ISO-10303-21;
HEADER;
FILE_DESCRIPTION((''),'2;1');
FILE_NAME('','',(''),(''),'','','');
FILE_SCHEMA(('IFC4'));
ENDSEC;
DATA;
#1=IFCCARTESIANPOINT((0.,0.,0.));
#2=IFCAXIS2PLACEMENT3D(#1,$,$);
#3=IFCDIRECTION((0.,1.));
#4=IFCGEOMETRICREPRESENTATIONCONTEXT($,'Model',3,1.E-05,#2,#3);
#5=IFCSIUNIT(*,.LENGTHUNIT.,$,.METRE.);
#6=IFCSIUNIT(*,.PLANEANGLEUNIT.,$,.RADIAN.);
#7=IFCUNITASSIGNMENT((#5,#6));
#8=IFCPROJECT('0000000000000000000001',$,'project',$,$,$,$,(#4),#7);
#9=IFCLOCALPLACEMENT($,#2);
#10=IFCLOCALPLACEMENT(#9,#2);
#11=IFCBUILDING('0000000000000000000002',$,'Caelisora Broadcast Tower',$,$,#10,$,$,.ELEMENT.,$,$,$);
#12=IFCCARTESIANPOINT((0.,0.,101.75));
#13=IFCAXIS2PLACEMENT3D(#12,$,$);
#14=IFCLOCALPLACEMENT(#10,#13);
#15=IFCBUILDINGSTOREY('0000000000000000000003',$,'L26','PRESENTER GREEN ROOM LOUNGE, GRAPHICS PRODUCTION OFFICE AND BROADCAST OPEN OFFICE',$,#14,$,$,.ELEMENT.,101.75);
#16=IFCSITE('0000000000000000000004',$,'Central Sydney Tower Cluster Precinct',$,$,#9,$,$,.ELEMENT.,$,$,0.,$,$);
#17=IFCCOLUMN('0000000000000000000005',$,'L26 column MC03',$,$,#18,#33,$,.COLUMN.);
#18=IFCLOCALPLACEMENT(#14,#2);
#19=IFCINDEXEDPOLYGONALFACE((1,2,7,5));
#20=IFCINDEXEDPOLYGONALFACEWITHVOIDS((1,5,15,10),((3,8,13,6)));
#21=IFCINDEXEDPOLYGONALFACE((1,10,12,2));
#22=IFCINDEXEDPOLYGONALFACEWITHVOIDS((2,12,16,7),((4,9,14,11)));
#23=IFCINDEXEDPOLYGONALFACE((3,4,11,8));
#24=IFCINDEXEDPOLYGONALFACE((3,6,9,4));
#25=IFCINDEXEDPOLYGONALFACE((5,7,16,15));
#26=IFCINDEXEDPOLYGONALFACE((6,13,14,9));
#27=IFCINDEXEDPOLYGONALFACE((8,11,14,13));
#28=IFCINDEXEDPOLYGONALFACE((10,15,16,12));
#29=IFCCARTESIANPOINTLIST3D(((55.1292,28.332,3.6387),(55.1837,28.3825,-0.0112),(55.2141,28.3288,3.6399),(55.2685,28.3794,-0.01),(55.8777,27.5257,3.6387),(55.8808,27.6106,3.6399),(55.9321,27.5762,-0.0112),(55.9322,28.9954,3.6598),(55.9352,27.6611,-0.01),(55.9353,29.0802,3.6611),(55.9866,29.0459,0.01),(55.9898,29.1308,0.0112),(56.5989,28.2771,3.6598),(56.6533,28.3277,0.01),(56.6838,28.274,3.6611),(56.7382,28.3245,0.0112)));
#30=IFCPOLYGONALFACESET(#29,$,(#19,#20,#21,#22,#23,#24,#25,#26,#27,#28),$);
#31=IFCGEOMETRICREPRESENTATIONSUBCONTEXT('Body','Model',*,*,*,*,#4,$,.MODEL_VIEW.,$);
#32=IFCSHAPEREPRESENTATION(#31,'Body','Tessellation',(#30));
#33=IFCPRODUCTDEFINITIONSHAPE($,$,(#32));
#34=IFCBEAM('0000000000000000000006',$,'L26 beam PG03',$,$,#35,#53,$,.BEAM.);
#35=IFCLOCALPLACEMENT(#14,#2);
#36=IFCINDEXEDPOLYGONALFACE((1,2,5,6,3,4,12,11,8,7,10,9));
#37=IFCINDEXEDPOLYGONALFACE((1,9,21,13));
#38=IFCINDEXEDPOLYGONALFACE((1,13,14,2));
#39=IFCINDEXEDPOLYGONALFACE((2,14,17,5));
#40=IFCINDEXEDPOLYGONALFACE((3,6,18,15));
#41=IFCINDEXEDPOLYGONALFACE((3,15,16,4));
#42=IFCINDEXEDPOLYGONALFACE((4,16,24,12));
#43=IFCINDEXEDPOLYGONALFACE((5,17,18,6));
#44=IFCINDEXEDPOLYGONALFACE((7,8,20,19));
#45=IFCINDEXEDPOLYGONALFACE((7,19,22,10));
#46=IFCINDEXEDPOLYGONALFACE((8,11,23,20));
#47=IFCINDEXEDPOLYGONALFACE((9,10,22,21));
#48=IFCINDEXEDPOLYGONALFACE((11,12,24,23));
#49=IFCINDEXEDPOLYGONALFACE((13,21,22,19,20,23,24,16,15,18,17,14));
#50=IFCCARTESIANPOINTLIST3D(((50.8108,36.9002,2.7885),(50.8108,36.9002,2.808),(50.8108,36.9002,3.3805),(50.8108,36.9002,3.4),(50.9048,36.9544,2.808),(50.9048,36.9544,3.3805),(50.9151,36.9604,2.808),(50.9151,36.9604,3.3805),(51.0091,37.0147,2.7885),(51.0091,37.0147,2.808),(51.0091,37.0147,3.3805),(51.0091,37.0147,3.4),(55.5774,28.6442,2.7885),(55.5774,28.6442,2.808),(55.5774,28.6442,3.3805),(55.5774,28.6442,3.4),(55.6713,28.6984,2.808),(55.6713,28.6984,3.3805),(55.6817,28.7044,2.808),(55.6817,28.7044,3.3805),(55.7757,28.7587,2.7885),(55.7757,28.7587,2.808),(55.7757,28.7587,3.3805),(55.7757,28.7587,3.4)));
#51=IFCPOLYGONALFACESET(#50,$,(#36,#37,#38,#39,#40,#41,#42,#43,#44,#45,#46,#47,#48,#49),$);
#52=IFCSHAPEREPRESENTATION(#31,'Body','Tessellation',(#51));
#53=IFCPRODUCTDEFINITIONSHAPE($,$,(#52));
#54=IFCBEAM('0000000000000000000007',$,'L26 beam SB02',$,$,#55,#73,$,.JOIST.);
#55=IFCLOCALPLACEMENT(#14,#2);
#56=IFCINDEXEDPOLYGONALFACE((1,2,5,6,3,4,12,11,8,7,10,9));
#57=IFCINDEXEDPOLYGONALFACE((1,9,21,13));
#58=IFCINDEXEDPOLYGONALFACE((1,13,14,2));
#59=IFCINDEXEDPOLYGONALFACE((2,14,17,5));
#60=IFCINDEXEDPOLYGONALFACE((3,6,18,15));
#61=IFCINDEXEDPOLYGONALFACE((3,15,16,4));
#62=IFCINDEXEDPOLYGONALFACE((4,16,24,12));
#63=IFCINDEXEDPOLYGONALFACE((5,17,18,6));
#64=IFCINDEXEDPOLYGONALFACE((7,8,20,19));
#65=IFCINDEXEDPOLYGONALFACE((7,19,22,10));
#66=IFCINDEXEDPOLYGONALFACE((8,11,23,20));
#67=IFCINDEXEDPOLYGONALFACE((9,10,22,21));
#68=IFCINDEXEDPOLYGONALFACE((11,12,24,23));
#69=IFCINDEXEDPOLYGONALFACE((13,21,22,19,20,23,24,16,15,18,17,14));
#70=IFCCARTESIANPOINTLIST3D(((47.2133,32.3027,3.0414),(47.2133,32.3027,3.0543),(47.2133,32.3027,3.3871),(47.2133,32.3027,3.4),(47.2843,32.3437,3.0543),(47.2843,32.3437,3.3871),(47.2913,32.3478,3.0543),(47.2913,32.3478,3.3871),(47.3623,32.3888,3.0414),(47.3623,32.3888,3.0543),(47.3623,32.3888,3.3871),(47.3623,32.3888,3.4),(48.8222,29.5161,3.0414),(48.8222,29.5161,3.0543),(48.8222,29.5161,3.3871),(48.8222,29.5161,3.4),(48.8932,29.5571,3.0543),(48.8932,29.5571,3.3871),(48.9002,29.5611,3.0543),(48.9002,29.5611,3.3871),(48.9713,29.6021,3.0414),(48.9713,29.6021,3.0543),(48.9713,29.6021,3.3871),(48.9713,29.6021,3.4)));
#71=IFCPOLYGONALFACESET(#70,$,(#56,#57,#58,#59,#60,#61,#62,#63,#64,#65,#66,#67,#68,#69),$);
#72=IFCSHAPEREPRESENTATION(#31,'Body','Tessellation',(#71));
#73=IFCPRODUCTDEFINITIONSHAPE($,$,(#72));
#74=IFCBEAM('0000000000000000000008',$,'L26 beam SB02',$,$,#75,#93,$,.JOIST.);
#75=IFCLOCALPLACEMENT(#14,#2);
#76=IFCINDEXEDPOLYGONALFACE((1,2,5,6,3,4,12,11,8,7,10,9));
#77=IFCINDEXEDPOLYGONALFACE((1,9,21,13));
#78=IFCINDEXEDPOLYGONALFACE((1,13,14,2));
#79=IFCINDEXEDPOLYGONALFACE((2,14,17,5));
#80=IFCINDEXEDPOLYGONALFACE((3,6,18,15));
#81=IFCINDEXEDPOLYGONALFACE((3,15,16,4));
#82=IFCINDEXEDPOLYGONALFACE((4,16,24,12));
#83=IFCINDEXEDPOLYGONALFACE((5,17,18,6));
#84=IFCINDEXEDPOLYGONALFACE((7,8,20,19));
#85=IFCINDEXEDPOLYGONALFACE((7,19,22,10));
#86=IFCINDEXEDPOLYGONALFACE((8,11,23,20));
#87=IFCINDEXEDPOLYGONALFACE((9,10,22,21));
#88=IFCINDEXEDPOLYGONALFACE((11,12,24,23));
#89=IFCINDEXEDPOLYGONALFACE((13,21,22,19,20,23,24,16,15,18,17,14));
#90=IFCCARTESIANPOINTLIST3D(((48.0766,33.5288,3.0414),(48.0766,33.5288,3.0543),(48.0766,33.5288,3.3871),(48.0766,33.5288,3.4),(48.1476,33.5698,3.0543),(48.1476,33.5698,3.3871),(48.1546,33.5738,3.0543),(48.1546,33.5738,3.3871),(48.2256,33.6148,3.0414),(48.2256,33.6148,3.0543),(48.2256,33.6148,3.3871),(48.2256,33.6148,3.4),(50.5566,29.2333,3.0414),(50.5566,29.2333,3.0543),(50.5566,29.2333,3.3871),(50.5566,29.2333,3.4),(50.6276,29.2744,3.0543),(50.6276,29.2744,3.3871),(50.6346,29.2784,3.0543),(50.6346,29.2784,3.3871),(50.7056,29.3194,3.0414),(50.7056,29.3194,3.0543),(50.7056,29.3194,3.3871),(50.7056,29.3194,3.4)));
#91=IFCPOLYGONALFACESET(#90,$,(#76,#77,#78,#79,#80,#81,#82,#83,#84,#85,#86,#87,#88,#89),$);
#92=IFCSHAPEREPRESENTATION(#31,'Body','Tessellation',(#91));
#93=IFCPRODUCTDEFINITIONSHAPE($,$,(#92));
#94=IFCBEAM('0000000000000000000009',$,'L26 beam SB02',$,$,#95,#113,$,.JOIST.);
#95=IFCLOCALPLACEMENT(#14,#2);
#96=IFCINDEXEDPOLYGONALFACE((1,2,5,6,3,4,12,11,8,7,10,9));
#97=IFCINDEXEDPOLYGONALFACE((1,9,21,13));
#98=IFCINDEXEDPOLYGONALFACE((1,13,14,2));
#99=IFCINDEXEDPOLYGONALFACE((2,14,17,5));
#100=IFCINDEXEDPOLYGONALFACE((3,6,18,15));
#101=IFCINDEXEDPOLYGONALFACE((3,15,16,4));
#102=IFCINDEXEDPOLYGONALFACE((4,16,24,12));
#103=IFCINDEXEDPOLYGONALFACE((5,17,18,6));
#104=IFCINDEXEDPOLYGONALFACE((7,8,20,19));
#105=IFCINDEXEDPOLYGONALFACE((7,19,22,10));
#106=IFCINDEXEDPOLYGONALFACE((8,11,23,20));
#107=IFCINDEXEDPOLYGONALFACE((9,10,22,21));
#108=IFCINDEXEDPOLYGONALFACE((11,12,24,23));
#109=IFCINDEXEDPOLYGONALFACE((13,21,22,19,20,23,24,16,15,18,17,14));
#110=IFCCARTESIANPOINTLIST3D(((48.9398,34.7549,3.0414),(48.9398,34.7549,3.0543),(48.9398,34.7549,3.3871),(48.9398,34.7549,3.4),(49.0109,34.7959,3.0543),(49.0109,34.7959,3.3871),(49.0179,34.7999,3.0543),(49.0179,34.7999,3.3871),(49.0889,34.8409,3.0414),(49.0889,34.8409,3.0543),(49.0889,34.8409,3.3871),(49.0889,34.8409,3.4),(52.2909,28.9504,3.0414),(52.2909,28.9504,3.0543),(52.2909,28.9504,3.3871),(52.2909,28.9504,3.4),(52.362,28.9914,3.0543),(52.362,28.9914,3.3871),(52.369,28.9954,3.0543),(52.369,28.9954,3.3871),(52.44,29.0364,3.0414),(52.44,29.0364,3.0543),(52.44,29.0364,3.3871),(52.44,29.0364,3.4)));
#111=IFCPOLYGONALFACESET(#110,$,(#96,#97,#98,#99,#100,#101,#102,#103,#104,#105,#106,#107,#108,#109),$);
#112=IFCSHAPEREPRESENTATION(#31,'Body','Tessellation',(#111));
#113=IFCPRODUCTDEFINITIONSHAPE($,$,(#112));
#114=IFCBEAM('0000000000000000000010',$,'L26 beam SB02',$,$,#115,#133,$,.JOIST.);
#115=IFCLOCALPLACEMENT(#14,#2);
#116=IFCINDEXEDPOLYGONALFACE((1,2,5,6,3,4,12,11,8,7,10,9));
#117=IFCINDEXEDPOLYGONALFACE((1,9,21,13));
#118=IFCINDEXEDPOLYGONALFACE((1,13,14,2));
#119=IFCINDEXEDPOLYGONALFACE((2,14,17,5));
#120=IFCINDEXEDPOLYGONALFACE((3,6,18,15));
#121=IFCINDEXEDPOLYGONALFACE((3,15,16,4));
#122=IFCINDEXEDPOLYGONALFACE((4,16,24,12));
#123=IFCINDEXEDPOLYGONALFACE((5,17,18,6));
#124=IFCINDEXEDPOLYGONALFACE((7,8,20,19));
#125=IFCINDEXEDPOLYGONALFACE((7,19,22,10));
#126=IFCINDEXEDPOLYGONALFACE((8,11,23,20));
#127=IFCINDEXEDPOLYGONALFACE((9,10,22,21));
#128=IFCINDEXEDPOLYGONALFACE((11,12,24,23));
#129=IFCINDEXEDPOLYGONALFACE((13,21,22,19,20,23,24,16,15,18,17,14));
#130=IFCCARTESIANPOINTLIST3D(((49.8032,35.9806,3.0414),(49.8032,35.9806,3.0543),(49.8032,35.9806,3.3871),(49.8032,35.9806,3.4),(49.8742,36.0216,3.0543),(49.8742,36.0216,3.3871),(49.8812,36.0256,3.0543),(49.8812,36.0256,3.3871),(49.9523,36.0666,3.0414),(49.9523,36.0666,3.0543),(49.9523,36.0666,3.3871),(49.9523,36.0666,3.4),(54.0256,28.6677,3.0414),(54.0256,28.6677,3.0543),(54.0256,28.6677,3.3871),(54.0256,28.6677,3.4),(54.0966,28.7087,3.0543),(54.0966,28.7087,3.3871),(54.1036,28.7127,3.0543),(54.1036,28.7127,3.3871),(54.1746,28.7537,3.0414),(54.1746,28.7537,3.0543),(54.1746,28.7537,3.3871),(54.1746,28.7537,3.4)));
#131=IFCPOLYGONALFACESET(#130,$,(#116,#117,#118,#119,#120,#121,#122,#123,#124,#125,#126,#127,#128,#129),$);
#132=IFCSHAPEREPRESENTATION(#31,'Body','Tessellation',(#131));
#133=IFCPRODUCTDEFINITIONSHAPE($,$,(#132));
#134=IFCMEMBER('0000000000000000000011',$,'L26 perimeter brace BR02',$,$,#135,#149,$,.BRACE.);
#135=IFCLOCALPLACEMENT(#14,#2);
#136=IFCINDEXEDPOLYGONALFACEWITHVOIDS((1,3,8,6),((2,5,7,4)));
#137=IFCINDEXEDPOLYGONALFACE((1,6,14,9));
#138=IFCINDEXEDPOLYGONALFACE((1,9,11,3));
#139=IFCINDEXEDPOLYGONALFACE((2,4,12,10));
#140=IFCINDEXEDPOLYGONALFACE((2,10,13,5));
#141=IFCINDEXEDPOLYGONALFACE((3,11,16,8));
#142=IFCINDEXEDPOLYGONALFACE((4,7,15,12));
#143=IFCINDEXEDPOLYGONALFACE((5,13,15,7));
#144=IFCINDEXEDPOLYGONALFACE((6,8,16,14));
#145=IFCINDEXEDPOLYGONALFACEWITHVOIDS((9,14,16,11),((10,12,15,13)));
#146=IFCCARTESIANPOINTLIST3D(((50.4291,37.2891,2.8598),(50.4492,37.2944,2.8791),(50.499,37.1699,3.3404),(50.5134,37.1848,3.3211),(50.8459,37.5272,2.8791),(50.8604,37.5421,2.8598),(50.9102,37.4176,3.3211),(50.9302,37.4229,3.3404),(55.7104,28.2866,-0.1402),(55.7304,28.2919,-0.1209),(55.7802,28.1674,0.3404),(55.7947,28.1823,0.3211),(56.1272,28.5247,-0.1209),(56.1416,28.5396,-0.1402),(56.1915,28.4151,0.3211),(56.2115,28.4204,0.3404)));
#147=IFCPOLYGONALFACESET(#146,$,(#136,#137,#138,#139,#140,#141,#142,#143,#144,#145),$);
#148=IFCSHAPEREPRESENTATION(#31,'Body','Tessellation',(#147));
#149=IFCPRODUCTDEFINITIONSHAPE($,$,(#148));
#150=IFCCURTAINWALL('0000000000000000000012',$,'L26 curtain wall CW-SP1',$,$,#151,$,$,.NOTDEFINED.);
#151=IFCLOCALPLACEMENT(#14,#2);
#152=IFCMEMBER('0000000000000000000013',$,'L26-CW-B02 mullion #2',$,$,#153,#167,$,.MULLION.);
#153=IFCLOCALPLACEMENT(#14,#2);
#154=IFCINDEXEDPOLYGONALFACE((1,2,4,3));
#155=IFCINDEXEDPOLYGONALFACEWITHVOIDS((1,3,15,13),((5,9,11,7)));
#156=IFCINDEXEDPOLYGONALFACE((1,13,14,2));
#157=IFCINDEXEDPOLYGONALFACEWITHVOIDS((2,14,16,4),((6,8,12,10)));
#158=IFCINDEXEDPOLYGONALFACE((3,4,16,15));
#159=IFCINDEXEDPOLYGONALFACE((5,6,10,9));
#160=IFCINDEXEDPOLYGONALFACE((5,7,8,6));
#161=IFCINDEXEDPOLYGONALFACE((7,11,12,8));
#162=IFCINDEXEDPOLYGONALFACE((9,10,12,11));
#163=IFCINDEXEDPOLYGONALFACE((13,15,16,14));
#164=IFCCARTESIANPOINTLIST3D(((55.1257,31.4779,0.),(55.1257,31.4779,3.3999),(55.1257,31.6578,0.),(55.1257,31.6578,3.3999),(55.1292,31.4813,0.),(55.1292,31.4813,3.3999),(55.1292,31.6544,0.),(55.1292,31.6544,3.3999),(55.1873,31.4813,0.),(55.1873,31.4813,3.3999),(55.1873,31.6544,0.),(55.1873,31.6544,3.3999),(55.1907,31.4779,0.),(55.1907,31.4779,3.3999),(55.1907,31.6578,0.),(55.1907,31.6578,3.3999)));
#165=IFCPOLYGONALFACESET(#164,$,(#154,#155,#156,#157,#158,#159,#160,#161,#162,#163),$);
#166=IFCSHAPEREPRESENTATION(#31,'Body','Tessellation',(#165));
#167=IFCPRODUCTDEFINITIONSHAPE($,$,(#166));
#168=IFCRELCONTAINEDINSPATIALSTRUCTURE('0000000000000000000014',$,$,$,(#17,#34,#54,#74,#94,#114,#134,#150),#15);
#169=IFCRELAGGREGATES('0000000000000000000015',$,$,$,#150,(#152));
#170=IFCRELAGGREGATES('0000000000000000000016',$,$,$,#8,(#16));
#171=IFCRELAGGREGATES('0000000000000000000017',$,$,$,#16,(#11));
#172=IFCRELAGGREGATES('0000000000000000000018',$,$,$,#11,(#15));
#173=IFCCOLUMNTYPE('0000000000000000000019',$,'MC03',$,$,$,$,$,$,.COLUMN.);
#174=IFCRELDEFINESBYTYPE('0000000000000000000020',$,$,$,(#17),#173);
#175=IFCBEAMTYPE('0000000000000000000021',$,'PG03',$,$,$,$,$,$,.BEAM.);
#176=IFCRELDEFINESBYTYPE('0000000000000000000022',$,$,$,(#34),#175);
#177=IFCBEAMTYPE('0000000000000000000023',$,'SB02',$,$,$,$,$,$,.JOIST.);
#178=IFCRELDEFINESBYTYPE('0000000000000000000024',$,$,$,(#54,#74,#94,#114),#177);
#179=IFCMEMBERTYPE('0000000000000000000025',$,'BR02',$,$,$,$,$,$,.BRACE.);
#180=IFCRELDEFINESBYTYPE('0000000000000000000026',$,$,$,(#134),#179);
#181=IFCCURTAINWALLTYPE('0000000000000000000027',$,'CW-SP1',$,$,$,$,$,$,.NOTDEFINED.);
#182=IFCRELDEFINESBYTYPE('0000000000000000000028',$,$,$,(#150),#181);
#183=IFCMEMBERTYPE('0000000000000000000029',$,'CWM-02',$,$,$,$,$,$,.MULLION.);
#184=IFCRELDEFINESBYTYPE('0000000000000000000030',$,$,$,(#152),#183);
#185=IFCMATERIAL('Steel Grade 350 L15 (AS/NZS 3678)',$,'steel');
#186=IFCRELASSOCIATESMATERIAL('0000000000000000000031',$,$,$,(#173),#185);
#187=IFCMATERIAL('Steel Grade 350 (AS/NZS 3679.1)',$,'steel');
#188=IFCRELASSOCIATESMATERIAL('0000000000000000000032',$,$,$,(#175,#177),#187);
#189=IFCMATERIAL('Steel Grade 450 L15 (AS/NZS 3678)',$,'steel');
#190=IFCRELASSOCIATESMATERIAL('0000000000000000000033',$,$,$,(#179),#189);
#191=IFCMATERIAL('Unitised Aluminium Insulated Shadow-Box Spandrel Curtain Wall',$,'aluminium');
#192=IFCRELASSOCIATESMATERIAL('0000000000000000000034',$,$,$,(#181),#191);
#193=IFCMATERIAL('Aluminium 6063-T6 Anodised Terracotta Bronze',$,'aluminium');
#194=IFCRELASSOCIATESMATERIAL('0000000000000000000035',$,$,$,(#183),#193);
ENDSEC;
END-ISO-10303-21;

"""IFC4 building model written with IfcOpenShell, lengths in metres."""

from ifc_helpers import new_model, si_unit, direction, frame, origin, origin_2d, place, context, subcontext, project, spatial, hollow_rectangle, i_section, extrude, source, transform, mapped, material, material_profile, profile_set, type_object, type_shapes, element, aggregate, save


model = new_model("IFC4")

# Units and contexts
model_context = context("Model", 3, precision=1e-05, world=origin(), true_north=direction((0.0, 1.0)))
body_context = subcontext(model_context, "Body", "Model", "MODEL_VIEW")
ifc_project = project(units=[si_unit("LENGTHUNIT", "METRE"), si_unit("PLANEANGLEUNIT", "RADIAN")], contexts=[model_context])

# Site, building, storey
site_placement = place(None, origin())
site = spatial("IfcSite", under=ifc_project, at=site_placement, Name="Central Sydney Tower Cluster Precinct", CompositionType="ELEMENT", RefElevation=0.0)
building_placement = place(site_placement, origin())
building = spatial("IfcBuilding", under=site, at=building_placement, Name="Caelisora Broadcast Tower", CompositionType="ELEMENT")
storey_placement = place(building_placement, frame((0.0, 0.0, 101.75)))
storey = spatial("IfcBuildingStorey", under=building, at=storey_placement, Name="L26", Description="PRESENTER GREEN ROOM LOUNGE, GRAPHICS PRODUCTION OFFICE AND BROADCAST OPEN OFFICE", CompositionType="ELEMENT", Elevation=101.75)

# Column
ifc_material_1 = material(Name="Steel Grade 350 L15 (AS/NZS 3678)", Category="steel")
ifc_material_profile_1 = material_profile(ifc_material_1, hollow_rectangle(XDim=1.1001, YDim=1.1001, WallThickness=0.0601, at=origin_2d()), Name="Steel Grade 350 L15 (AS/NZS 3678)")
ifc_profile_set_1 = profile_set([ifc_material_profile_1], Name="Steel Grade 350 L15 (AS/NZS 3678)")
column_type = type_object("IfcColumnType", Name="MC03", PredefinedType="COLUMN", material=ifc_profile_set_1)
shared_shape_1 = source(origin(), body_context, "Body", "SweptSolid", [
    extrude(hollow_rectangle(XDim=1.1001, YDim=1.1001, WallThickness=0.0601, at=origin_2d()), origin(), (0.0, 0.0, 1.0), 3.6506),
])
type_shapes(column_type, [shared_shape_1])
column_placement = place(storey_placement, frame((55.9609, 28.3535, 0.0), z_axis=(-0.014913, -0.013843, 0.999793), x_axis=(0.680325, -0.732911, 0.0)))
element("IfcColumn", 1, at=column_placement, inside=storey, type_object=column_type, Name="L26 column MC03", PredefinedType="COLUMN", context=body_context, shape_type="MappedRepresentation", body=[
    mapped(shared_shape_1, transform((0.0, 0.0, 0.0), scale=1.0)),
])

# Beams
ifc_material_2 = material(Name="Steel Grade 350 (AS/NZS 3679.1)", Category="steel")
ifc_material_profile_2 = material_profile(ifc_material_2, i_section(OverallWidth=0.229, OverallDepth=0.6116, WebThickness=0.012, FlangeThickness=0.0195, at=origin_2d()), Name="Steel Grade 350 (AS/NZS 3679.1)")
ifc_profile_set_2 = profile_set([ifc_material_profile_2], Name="Steel Grade 350 (AS/NZS 3679.1)")
beam_type_1 = type_object("IfcBeamType", Name="PG03", PredefinedType="BEAM", material=ifc_profile_set_2)
shared_shape_2 = source(origin(), body_context, "Body", "SweptSolid", [
    extrude(i_section(OverallWidth=0.229, OverallDepth=0.6116, WebThickness=0.012, FlangeThickness=0.0195, at=origin_2d()), origin(), (0.0, 0.0, 1.0), 9.5332),
])
type_shapes(beam_type_1, [shared_shape_2])
beam_1_placement = place(storey_placement, frame((55.6765, 28.7014, 3.0942), z_axis=(-0.499995, 0.866028, 0.0), x_axis=(-0.866028, -0.499995, 0.0)))
element("IfcBeam", 2, at=beam_1_placement, inside=storey, type_object=beam_type_1, Name="L26 beam PG03", PredefinedType="BEAM", context=body_context, shape_type="MappedRepresentation", body=[
    mapped(shared_shape_2, transform((0.0, 0.0, 0.0), scale=1.0)),
])
ifc_material_profile_3 = material_profile(ifc_material_2, i_section(OverallWidth=0.1721, OverallDepth=0.3586, WebThickness=0.0081, FlangeThickness=0.0129, at=origin_2d()), Name="Steel Grade 350 (AS/NZS 3679.1)")
ifc_profile_set_3 = profile_set([ifc_material_profile_3], Name="Steel Grade 350 (AS/NZS 3679.1)")
beam_type_2 = type_object("IfcBeamType", Name="SB02", PredefinedType="JOIST", material=ifc_profile_set_3)
shared_shape_3 = source(origin(), body_context, "Body", "SweptSolid", [
    extrude(i_section(OverallWidth=0.1721, OverallDepth=0.3586, WebThickness=0.0081, FlangeThickness=0.0129, at=origin_2d()), origin(), (0.0, 0.0, 1.0), 3.2178),
])
beam_2_placement = place(storey_placement, frame((48.8967, 29.5591, 3.2207), z_axis=(-0.500007, 0.866021, 0.0), x_axis=(-0.866021, -0.500007, 0.0)))
element("IfcBeam", 3, at=beam_2_placement, inside=storey, type_object=beam_type_2, Name="L26 beam SB02", PredefinedType="JOIST", context=body_context, shape_type="MappedRepresentation", body=[
    mapped(shared_shape_3, transform((0.0, 0.0, 0.0), scale=1.0)),
])
shared_shape_4 = source(origin(), body_context, "Body", "SweptSolid", [
    extrude(i_section(OverallWidth=0.1721, OverallDepth=0.3586, WebThickness=0.0081, FlangeThickness=0.0129, at=origin_2d()), origin(), (0.0, 0.0, 1.0), 4.96),
])
beam_3_placement = place(storey_placement, frame((50.6311, 29.2764, 3.2207), z_axis=(-0.500004, 0.866023, 0.0), x_axis=(-0.866023, -0.500004, 0.0)))
element("IfcBeam", 4, at=beam_3_placement, inside=storey, type_object=beam_type_2, Name="L26 beam SB02", PredefinedType="JOIST", context=body_context, shape_type="MappedRepresentation", body=[
    mapped(shared_shape_4, transform((0.0, 0.0, 0.0), scale=1.0)),
])
shared_shape_5 = source(origin(), body_context, "Body", "SweptSolid", [
    extrude(i_section(OverallWidth=0.1721, OverallDepth=0.3586, WebThickness=0.0081, FlangeThickness=0.0129, at=origin_2d()), origin(), (0.0, 0.0, 1.0), 6.7024),
])
beam_4_placement = place(storey_placement, frame((52.3655, 28.9934, 3.2207), z_axis=(-0.499986, 0.866033, 0.0), x_axis=(-0.866033, -0.499986, 0.0)))
element("IfcBeam", 5, at=beam_4_placement, inside=storey, type_object=beam_type_2, Name="L26 beam SB02", PredefinedType="JOIST", context=body_context, shape_type="MappedRepresentation", body=[
    mapped(shared_shape_5, transform((0.0, 0.0, 0.0), scale=1.0)),
])
shared_shape_6 = source(origin(), body_context, "Body", "SweptSolid", [
    extrude(i_section(OverallWidth=0.1721, OverallDepth=0.3586, WebThickness=0.0081, FlangeThickness=0.0129, at=origin_2d()), origin(), (0.0, 0.0, 1.0), 8.4443),
])
type_shapes(beam_type_2, [shared_shape_3, shared_shape_4, shared_shape_5, shared_shape_6])
beam_5_placement = place(storey_placement, frame((54.1001, 28.7107, 3.2207), z_axis=(-0.500023, 0.866012, 0.0), x_axis=(-0.866012, -0.500023, 0.0)))
element("IfcBeam", 6, at=beam_5_placement, inside=storey, type_object=beam_type_2, Name="L26 beam SB02", PredefinedType="JOIST", context=body_context, shape_type="MappedRepresentation", body=[
    mapped(shared_shape_6, transform((0.0, 0.0, 0.0), scale=1.0)),
])

# Member
ifc_material_3 = material(Name="Steel Grade 450 L15 (AS/NZS 3678)", Category="steel")
ifc_material_profile_4 = material_profile(ifc_material_3, hollow_rectangle(XDim=0.5, YDim=0.5, WallThickness=0.02, at=origin_2d()), Name="Steel Grade 450 L15 (AS/NZS 3678)")
ifc_profile_set_4 = profile_set([ifc_material_profile_4], Name="Steel Grade 450 L15 (AS/NZS 3678)")
member_type_1 = type_object("IfcMemberType", Name="BR02", PredefinedType="BRACE", material=ifc_profile_set_4)
shared_shape_7 = source(origin(), body_context, "Body", "SweptSolid", [
    extrude(hollow_rectangle(XDim=0.5, YDim=0.5, WallThickness=0.02, at=origin_2d()), origin(), (0.0, 0.0, 1.0), 10.8599),
])
type_shapes(member_type_1, [shared_shape_7])
member_1_placement = place(storey_placement, frame((55.9609, 28.3535, 0.1001), z_axis=(-0.486311, 0.828968, 0.276248), x_axis=(-0.862533, -0.506002, 0.0)))
element("IfcMember", 7, at=member_1_placement, inside=storey, type_object=member_type_1, Name="L26 perimeter brace BR02", PredefinedType="BRACE", context=body_context, shape_type="MappedRepresentation", body=[
    mapped(shared_shape_7, transform((0.0, 0.0, 0.0), scale=1.0)),
])

# Curtain wall, member
ifc_material_4 = material(Name="Unitised Aluminium Insulated Shadow-Box Spandrel Curtain Wall", Category="aluminium")
curtain_wall_type_1 = type_object("IfcCurtainWallType", Name="CW-SP1", PredefinedType="NOTDEFINED", material=ifc_material_4)
curtain_wall_1_placement = place(storey_placement, origin())
curtain_wall_1 = element("IfcCurtainWall", 8, at=curtain_wall_1_placement, inside=storey, type_object=curtain_wall_type_1, Name="L26 curtain wall CW-SP1", PredefinedType="NOTDEFINED")
ifc_material_5 = material(Name="Aluminium 6063-T6 Anodised Terracotta Bronze", Category="aluminium")
ifc_material_profile_5 = material_profile(ifc_material_5, hollow_rectangle(XDim=0.0649, YDim=0.1799, WallThickness=0.0034, at=origin_2d()), Name="Aluminium 6063-T6 Anodised Terracotta Bronze")
ifc_profile_set_5 = profile_set([ifc_material_profile_5], Name="Aluminium 6063-T6 Anodised Terracotta Bronze")
member_type_2 = type_object("IfcMemberType", Name="CWM-02", PredefinedType="MULLION", material=ifc_profile_set_5)
shared_shape_8 = source(origin(), body_context, "Body", "SweptSolid", [
    extrude(hollow_rectangle(XDim=0.0649, YDim=0.1799, WallThickness=0.0034, at=origin_2d()), origin(), (0.0, 0.0, 1.0), 3.3999),
])
type_shapes(member_type_2, [shared_shape_8])
member_2_placement = place(storey_placement, frame((55.1582, 31.5679, 0.0), z_axis=(0.0, 0.0, 1.0), x_axis=(1.0, 0.0, 0.0)))
member_2 = element("IfcMember", 9, at=member_2_placement, type_object=member_type_2, Name="L26-CW-B02 mullion #2", PredefinedType="MULLION", context=body_context, shape_type="MappedRepresentation", body=[
    mapped(shared_shape_8, transform((0.0, 0.0, 0.0), scale=1.0)),
])

aggregate(curtain_wall_1, [member_2])

save(model, "model.ifc")
